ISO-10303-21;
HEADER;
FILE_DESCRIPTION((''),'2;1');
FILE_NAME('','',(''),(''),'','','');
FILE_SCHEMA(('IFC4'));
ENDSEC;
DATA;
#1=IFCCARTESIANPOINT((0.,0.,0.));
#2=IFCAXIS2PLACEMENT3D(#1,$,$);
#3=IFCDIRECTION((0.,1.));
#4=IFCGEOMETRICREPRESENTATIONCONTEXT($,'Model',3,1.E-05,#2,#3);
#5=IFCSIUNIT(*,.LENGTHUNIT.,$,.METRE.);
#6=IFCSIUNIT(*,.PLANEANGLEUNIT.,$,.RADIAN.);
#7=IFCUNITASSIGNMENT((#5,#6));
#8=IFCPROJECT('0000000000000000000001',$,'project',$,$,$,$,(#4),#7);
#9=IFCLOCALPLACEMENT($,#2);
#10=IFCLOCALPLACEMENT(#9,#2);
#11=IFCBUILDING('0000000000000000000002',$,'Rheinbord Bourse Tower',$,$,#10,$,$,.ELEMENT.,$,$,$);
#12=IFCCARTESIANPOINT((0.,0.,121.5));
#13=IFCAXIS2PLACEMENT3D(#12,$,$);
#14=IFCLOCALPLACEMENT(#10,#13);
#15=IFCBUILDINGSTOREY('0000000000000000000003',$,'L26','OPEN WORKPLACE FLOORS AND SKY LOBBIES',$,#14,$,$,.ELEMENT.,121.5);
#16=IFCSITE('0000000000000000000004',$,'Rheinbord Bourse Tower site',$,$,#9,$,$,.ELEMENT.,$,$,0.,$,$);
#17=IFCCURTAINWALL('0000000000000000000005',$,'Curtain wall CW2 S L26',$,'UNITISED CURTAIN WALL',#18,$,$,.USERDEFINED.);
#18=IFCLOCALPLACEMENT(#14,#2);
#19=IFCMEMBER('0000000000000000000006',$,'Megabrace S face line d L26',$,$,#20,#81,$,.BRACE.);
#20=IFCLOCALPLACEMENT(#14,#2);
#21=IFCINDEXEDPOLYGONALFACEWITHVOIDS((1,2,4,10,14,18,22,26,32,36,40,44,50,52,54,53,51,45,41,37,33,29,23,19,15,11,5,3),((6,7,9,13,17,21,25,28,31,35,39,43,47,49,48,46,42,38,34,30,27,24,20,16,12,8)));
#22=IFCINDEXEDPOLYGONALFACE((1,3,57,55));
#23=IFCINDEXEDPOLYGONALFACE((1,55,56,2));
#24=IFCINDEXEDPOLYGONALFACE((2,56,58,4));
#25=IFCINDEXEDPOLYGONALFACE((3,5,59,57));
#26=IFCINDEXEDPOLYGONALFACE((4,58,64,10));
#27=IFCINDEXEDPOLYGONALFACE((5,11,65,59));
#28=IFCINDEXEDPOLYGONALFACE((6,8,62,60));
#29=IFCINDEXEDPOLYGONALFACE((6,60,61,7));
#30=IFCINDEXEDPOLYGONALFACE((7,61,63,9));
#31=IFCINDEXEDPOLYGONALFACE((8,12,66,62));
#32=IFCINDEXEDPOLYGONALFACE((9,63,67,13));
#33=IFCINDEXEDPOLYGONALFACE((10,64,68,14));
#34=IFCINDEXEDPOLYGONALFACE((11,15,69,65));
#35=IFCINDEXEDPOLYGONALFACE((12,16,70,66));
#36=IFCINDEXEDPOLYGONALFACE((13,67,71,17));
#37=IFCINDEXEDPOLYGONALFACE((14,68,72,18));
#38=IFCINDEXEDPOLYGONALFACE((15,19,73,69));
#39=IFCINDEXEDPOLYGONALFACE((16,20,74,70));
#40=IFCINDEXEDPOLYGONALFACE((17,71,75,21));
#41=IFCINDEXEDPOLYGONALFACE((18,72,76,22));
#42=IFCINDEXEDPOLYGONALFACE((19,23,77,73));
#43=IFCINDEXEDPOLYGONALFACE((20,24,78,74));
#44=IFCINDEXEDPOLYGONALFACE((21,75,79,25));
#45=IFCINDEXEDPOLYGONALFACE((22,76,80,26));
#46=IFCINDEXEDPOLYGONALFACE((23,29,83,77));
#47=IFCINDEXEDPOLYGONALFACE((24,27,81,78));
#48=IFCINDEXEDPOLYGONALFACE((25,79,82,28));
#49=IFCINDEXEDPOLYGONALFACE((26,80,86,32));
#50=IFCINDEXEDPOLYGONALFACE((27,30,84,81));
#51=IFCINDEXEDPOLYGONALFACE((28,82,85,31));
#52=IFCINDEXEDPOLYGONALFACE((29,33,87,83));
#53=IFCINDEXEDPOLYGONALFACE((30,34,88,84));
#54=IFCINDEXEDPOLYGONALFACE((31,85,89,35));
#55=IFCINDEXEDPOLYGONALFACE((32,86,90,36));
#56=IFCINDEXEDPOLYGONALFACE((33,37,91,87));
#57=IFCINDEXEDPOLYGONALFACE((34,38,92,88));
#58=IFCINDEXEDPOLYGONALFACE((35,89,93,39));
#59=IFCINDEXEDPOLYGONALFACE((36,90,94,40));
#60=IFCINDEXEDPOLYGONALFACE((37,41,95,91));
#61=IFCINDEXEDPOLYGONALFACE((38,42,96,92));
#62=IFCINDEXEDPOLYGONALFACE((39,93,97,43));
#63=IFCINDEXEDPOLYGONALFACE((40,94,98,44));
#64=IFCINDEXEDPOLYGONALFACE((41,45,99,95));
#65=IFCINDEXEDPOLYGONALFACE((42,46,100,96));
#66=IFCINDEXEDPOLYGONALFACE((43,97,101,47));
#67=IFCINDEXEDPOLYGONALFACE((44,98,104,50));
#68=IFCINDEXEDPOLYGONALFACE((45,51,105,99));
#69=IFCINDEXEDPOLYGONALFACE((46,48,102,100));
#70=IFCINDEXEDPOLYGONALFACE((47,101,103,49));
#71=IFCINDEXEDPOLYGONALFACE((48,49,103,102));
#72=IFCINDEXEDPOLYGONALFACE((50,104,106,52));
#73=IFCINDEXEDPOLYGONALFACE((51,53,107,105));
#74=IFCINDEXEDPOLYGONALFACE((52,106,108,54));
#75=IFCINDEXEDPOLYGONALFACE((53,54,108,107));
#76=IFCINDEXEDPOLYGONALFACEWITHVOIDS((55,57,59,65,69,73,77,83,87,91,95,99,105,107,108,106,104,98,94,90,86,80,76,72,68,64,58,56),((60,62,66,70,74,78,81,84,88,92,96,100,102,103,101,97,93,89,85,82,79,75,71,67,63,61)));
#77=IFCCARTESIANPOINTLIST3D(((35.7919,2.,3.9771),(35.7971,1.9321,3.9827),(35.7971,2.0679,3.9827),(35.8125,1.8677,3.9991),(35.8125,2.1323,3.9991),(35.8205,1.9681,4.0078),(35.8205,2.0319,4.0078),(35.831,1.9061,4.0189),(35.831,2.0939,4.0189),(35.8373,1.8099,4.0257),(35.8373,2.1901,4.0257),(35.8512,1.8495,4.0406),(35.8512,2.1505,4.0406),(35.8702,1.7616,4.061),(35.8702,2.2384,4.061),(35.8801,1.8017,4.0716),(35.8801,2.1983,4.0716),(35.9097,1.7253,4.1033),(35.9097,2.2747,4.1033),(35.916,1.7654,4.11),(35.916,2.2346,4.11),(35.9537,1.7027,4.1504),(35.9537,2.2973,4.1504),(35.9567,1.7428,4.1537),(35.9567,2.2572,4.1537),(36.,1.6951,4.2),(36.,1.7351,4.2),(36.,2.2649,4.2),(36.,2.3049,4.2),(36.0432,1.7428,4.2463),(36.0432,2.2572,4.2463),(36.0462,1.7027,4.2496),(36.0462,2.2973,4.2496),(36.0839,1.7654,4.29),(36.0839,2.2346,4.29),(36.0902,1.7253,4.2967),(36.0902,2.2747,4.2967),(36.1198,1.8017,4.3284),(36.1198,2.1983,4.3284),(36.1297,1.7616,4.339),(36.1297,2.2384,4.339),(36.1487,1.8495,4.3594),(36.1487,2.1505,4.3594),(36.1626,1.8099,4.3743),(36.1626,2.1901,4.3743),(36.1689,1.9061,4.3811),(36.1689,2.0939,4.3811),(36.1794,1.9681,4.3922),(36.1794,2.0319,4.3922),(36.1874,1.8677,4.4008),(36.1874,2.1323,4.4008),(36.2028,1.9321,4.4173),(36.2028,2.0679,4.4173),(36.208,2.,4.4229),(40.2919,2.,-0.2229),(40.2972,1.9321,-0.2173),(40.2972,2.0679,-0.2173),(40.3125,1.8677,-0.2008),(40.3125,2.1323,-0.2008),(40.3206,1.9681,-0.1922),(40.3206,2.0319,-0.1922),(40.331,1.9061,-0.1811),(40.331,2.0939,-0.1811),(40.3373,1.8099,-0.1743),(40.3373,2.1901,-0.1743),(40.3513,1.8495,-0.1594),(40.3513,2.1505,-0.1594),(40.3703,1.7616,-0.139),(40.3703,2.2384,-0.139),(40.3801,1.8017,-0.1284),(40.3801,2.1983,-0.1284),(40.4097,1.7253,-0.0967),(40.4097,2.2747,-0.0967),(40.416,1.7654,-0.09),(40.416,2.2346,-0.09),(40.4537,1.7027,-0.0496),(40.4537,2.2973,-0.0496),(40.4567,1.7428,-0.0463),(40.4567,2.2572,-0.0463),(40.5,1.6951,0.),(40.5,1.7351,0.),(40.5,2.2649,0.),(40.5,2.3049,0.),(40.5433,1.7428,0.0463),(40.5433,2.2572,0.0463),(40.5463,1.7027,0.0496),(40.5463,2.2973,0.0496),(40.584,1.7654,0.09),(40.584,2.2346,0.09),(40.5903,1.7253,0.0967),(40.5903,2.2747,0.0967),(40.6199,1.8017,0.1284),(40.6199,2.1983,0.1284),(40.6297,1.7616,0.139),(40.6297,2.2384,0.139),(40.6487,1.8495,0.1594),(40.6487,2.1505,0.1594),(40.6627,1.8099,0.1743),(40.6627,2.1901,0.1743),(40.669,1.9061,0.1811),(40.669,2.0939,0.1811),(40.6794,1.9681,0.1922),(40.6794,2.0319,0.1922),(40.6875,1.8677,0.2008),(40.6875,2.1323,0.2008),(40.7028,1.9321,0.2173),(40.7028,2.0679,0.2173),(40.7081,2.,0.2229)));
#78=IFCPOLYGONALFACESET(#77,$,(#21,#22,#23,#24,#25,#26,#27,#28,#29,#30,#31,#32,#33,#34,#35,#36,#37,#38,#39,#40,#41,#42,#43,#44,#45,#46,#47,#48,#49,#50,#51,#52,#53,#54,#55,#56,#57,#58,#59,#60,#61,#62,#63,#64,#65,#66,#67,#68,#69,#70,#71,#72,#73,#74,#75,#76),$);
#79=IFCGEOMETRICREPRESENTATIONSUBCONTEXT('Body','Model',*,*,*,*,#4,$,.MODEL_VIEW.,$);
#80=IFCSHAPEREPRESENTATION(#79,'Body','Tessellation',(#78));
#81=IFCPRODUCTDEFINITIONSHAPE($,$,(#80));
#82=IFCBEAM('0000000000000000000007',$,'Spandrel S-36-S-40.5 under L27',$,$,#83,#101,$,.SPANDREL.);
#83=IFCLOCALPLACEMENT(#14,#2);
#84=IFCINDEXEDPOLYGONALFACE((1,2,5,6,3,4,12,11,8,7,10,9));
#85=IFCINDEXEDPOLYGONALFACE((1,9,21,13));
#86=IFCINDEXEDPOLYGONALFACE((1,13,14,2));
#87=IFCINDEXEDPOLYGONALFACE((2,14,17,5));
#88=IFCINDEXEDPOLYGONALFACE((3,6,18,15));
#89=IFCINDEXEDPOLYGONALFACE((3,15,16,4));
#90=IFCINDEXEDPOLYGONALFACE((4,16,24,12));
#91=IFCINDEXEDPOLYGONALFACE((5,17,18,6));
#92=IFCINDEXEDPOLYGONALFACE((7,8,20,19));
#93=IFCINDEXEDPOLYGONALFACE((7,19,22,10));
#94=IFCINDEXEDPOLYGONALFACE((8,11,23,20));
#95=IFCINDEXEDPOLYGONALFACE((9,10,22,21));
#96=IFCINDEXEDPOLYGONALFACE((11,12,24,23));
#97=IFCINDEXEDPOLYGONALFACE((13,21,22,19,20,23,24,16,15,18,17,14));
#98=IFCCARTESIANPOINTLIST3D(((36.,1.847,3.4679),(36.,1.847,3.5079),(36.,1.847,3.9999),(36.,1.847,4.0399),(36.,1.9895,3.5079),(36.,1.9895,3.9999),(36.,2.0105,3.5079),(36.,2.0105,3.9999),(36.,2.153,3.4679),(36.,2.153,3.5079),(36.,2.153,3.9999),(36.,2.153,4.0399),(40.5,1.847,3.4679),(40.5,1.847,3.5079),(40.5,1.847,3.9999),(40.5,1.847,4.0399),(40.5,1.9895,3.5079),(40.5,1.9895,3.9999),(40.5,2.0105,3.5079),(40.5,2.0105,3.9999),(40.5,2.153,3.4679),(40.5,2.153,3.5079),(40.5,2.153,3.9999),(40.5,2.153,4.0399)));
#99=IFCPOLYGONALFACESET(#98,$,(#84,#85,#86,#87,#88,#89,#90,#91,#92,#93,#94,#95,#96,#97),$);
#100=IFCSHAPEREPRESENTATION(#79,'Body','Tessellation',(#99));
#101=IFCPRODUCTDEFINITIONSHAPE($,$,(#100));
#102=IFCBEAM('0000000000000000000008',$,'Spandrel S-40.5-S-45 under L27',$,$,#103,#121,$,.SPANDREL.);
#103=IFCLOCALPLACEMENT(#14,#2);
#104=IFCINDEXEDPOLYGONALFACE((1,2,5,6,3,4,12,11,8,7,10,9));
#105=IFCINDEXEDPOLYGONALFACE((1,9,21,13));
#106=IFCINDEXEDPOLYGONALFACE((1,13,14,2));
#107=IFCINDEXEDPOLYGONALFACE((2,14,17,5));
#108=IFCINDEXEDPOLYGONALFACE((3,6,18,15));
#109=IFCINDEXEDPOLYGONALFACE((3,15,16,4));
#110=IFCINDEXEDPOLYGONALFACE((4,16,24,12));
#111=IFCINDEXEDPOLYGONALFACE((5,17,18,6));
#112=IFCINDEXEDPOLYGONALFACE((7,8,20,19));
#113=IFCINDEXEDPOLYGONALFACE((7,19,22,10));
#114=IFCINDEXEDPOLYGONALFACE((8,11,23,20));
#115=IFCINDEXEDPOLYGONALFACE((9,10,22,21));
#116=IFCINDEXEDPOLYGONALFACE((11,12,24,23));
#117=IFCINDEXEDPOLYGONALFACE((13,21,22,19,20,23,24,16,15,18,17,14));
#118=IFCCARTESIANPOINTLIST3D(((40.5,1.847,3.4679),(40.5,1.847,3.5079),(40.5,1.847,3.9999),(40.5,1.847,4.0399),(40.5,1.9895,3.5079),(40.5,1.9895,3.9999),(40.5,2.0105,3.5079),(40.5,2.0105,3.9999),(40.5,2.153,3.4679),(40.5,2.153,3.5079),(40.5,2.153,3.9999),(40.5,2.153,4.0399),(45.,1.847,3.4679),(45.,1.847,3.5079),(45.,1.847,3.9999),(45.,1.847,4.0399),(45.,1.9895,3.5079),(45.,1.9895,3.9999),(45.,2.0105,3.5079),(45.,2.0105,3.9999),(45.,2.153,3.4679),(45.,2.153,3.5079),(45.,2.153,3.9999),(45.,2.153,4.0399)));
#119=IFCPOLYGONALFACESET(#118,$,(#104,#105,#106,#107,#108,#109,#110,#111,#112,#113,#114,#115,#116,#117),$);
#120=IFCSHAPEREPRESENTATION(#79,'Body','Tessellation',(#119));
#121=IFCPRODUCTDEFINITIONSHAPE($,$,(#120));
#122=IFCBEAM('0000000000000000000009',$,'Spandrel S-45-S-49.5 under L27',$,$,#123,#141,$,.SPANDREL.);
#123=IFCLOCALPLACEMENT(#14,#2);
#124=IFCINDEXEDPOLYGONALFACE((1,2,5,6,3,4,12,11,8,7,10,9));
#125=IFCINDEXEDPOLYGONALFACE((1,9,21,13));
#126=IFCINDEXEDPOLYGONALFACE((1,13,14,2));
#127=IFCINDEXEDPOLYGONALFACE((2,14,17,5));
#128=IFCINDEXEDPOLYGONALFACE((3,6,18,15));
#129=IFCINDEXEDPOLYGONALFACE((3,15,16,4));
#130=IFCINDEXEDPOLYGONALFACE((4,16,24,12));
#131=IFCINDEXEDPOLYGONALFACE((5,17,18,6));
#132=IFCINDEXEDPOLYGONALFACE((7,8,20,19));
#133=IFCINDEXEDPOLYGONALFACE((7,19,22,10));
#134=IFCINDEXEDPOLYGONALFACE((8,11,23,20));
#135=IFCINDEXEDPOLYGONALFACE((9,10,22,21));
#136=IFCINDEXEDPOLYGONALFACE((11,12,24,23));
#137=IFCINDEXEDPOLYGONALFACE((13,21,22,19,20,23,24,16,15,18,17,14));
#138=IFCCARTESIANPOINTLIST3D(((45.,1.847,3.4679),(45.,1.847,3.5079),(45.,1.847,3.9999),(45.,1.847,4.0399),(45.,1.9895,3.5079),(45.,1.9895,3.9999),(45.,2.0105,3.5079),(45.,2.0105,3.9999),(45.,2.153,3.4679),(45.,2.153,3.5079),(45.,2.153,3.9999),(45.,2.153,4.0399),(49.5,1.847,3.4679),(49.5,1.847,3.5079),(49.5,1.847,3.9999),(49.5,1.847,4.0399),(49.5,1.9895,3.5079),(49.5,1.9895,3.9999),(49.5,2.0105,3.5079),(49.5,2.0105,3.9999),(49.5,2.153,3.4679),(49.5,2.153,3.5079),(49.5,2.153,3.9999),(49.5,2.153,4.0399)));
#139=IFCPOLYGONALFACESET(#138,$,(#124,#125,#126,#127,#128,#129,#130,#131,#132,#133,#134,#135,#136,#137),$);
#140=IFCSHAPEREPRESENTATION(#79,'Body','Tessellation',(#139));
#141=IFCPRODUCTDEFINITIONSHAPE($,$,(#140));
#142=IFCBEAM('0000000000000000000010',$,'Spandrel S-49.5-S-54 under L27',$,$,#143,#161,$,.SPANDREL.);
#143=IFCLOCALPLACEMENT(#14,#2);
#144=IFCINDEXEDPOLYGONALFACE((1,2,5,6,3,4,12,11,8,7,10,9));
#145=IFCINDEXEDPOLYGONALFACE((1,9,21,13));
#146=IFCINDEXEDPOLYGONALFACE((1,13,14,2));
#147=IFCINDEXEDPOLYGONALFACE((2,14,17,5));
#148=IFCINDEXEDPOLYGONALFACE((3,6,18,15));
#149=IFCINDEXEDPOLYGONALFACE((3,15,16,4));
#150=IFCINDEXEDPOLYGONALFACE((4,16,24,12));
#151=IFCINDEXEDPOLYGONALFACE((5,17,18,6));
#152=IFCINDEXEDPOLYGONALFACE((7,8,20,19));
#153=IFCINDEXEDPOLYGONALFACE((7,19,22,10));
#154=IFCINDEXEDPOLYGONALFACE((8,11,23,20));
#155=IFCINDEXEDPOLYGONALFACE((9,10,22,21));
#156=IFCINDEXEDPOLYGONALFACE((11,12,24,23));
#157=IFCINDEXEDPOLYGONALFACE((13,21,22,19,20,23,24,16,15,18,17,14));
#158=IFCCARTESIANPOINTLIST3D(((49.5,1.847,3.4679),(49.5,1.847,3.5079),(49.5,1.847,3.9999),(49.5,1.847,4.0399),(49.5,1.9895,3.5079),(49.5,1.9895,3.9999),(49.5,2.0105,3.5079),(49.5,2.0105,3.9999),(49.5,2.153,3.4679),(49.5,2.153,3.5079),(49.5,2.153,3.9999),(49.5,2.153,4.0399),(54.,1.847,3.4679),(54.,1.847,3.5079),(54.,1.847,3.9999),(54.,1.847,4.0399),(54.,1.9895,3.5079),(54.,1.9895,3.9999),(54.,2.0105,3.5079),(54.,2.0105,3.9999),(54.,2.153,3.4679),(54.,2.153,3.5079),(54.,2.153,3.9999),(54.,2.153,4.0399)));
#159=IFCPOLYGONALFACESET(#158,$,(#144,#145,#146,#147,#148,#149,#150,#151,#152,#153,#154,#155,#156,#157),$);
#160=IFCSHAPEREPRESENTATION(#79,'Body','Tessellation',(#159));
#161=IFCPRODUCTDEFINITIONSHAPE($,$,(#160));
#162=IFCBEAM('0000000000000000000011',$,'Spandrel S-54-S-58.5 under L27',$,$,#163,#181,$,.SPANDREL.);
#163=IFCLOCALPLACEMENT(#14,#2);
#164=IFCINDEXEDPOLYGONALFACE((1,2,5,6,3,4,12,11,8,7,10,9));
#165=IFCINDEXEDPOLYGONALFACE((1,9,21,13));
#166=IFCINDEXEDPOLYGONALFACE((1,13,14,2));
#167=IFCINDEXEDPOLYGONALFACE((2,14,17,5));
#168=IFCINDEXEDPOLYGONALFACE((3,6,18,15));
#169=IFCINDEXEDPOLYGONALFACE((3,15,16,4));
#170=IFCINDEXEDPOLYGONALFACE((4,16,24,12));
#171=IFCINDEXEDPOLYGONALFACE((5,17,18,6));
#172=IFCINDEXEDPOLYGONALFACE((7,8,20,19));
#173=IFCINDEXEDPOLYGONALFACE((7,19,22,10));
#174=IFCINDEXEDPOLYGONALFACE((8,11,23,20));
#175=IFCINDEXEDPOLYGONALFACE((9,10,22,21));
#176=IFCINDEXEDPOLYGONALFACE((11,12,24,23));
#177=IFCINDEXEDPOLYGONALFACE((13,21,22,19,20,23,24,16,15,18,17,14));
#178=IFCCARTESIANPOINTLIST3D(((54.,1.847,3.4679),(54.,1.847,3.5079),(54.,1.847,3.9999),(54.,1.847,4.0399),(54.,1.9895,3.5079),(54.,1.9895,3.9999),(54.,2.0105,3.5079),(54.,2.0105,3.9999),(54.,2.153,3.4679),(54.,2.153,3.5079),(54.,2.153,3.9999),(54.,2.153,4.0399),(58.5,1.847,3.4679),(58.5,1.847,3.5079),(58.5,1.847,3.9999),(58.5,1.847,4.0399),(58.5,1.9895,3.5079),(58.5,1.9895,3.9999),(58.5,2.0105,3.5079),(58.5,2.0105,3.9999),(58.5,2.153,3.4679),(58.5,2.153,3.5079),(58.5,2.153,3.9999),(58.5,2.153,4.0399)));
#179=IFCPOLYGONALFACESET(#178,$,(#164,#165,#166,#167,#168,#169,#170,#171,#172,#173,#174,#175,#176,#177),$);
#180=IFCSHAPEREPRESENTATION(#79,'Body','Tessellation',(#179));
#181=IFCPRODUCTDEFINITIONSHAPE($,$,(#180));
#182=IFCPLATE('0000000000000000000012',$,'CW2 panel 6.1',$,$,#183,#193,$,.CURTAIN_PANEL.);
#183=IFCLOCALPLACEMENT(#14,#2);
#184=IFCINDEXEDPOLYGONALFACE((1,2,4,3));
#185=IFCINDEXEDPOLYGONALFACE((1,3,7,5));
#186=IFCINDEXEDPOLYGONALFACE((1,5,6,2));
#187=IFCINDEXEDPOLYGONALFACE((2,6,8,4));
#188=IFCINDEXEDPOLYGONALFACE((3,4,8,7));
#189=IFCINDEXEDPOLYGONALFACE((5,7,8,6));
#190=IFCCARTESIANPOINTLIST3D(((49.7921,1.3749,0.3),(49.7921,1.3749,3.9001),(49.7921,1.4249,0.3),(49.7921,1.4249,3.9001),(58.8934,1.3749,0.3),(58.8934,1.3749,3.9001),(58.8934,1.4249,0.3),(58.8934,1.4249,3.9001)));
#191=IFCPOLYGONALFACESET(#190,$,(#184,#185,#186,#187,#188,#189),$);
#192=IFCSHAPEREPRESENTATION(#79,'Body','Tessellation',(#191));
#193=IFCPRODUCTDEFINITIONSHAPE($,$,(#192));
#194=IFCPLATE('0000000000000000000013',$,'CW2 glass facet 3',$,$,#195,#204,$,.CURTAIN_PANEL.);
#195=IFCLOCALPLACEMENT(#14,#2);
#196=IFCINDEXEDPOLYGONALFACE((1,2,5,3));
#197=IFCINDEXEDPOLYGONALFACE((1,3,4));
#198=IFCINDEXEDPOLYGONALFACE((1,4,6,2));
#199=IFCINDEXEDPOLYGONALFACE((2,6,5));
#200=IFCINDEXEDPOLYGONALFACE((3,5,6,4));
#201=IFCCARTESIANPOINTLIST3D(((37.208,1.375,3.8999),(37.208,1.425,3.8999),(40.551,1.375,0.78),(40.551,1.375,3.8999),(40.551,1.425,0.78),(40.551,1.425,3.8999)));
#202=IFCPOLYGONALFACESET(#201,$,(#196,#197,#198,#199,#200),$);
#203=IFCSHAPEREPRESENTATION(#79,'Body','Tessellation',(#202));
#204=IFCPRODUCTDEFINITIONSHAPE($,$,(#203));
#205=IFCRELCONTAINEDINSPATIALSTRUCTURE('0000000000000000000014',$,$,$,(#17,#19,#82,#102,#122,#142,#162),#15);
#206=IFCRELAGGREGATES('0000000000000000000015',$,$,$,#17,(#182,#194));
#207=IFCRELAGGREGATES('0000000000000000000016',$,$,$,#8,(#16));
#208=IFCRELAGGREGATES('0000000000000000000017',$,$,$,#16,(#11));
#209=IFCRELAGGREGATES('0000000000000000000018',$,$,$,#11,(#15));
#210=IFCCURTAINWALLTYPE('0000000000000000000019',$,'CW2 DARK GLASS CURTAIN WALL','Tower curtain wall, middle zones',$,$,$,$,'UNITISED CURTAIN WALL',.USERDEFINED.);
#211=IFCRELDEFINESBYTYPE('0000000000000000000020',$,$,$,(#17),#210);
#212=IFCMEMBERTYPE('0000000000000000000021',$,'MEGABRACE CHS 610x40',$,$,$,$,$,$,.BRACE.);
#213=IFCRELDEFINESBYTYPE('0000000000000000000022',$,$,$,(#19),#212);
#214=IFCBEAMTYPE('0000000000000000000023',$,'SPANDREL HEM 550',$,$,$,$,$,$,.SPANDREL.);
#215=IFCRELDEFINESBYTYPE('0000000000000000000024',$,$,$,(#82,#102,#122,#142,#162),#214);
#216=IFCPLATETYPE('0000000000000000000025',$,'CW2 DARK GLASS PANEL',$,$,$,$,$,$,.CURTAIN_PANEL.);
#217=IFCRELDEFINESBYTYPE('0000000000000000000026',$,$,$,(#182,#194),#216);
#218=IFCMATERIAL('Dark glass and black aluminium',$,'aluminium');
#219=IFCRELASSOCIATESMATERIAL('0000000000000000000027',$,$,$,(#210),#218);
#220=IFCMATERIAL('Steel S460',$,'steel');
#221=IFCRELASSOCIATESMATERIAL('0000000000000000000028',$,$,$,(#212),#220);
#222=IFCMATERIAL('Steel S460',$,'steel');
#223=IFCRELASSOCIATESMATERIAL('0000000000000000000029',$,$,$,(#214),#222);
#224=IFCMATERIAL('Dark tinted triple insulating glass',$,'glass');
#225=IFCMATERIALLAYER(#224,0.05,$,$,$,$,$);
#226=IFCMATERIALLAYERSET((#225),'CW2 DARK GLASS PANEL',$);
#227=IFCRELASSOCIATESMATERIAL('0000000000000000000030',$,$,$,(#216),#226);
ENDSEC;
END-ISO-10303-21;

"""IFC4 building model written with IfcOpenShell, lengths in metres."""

from ifc_helpers import new_model, si_unit, direction, frame, origin, origin_2d, place, context, subcontext, project, spatial, polyline, rectangle, hollow_circle, i_section, outline, extrude, material, layer, layer_set, material_profile, profile_set, type_object, element, aggregate, save


model = new_model("IFC4")

# Units and contexts
model_context = context("Model", 3, precision=1e-05, world=origin(), true_north=direction((0.0, 1.0)))
body_context = subcontext(model_context, "Body", "Model", "MODEL_VIEW")
ifc_project = project(units=[si_unit("LENGTHUNIT", "METRE"), si_unit("PLANEANGLEUNIT", "RADIAN")], contexts=[model_context])

# Site, building, storey
site_placement = place(None, origin())
site = spatial("IfcSite", under=ifc_project, at=site_placement, Name="Rheinbord Bourse Tower site", CompositionType="ELEMENT", RefElevation=0.0)
building_placement = place(site_placement, origin())
building = spatial("IfcBuilding", under=site, at=building_placement, Name="Rheinbord Bourse Tower", CompositionType="ELEMENT")
storey_placement = place(building_placement, frame((0.0, 0.0, 121.5)))
storey = spatial("IfcBuildingStorey", under=building, at=storey_placement, Name="L26", Description="OPEN WORKPLACE FLOORS AND SKY LOBBIES", CompositionType="ELEMENT", Elevation=121.5)

# Curtain wall
ifc_material_1 = material(Name="Dark glass and black aluminium", Category="aluminium")
curtain_wall_type = type_object("IfcCurtainWallType", Name="CW2 DARK GLASS CURTAIN WALL", Description="Tower curtain wall, middle zones", ElementType="UNITISED CURTAIN WALL", PredefinedType="USERDEFINED", material=ifc_material_1)
curtain_wall_placement = place(storey_placement, origin())
curtain_wall = element("IfcCurtainWall", 1, at=curtain_wall_placement, inside=storey, type_object=curtain_wall_type, Name="Curtain wall CW2 S L26", ObjectType="UNITISED CURTAIN WALL", PredefinedType="USERDEFINED")

# Member
ifc_material_2 = material(Name="Steel S460", Category="steel")
ifc_material_profile_1 = material_profile(ifc_material_2, hollow_circle(Radius=0.3049, WallThickness=0.04, at=origin_2d()), Name="CHS 610x40")
ifc_profile_set_1 = profile_set([ifc_material_profile_1], Name="Steel S460")
member_type_1 = type_object("IfcMemberType", Name="MEGABRACE CHS 610x40", PredefinedType="BRACE", material=ifc_profile_set_1)
member_1_placement = place(storey_placement, frame((40.5, 2.0, 0.0), z_axis=(-0.731059, 0.0, 0.682314), x_axis=(0.0, -1.0, 0.0)))
element("IfcMember", 2, at=member_1_placement, inside=storey, type_object=member_type_1, Name="Megabrace S face line d L26", PredefinedType="BRACE", context=body_context, shape_type="SweptSolid", body=[
    extrude(hollow_circle(Radius=0.3049, WallThickness=0.04, at=origin_2d()), origin(), (0.0, 0.0, 1.0), 6.1555),
])

# Beams
ifc_material_3 = material(Name="Steel S460", Category="steel")
ifc_material_profile_2 = material_profile(ifc_material_3, i_section(OverallWidth=0.3059, OverallDepth=0.572, WebThickness=0.021, FlangeThickness=0.04, at=origin_2d()), Name="HEM 550")
ifc_profile_set_2 = profile_set([ifc_material_profile_2], Name="Steel S460")
beam_type_1 = type_object("IfcBeamType", Name="SPANDREL HEM 550", PredefinedType="SPANDREL", material=ifc_profile_set_2)
for number, where, z_axis, x_axis, name in (
    (3, (36.0, 2.0, 3.7539), (1.0, 0.0, 0.0), (0.0, 1.0, 0.0), "Spandrel S-36-S-40.5 under L27"),
    (4, (40.5, 2.0, 3.7539), (1.0, 0.0, 0.0), (0.0, 1.0, 0.0), "Spandrel S-40.5-S-45 under L27"),
    (5, (45.0, 2.0, 3.7539), (1.0, 0.0, 0.0), (0.0, 1.0, 0.0), "Spandrel S-45-S-49.5 under L27"),
    (6, (49.5, 2.0, 3.7539), (1.0, 0.0, 0.0), (0.0, 1.0, 0.0), "Spandrel S-49.5-S-54 under L27"),
    (7, (54.0, 2.0, 3.7539), (1.0, 0.0, 0.0), (0.0, 1.0, 0.0), "Spandrel S-54-S-58.5 under L27"),
):
    element("IfcBeam", number, at=place(storey_placement, frame(where, z_axis=z_axis, x_axis=x_axis)), inside=storey, type_object=beam_type_1, Name=name, PredefinedType="SPANDREL", context=body_context, shape_type="SweptSolid", body=[
        extrude(i_section(OverallWidth=0.3059, OverallDepth=0.572, WebThickness=0.021, FlangeThickness=0.04, at=origin_2d()), origin(), (0.0, 0.0, 1.0), 4.5),
    ])

# Plates
ifc_material_4 = material(Name="Dark tinted triple insulating glass", Category="glass")
ifc_layer_1 = layer(ifc_material_4, 0.05)
ifc_layer_set_1 = layer_set([ifc_layer_1], Name="CW2 DARK GLASS PANEL")
plate_type = type_object("IfcPlateType", Name="CW2 DARK GLASS PANEL", PredefinedType="CURTAIN_PANEL", material=ifc_layer_set_1)
plate_1_placement = place(storey_placement, frame((54.3428, 1.3999, 0.3), z_axis=(0.0, 0.0, 1.0), x_axis=(1.0, 0.0, 0.0)))
plate_1 = element("IfcPlate", 8, at=plate_1_placement, type_object=plate_type, Name="CW2 panel 6.1", PredefinedType="CURTAIN_PANEL", context=body_context, shape_type="SweptSolid", body=[
    extrude(rectangle(XDim=9.1013, YDim=0.05, at=origin_2d()), origin(), (0.0, 0.0, 1.0), 3.6001),
])
plate_2_placement = place(storey_placement, frame((40.551, 1.375, 3.8999), z_axis=(0.0, 1.0, 0.0), x_axis=(0.0, 0.0, -1.0)))
plate_2 = element("IfcPlate", 9, at=plate_2_placement, type_object=plate_type, Name="CW2 glass facet 3", PredefinedType="CURTAIN_PANEL", context=body_context, shape_type="SweptSolid", body=[
    extrude(outline(polyline([(0.0, 0.0), (3.1199, 0.0), (0.0, 3.343), (0.0, 0.0)])), origin(), (0.0, 0.0, 1.0), 0.05),
])
aggregate(curtain_wall, [plate_1, plate_2])

save(model, "model.ifc")
